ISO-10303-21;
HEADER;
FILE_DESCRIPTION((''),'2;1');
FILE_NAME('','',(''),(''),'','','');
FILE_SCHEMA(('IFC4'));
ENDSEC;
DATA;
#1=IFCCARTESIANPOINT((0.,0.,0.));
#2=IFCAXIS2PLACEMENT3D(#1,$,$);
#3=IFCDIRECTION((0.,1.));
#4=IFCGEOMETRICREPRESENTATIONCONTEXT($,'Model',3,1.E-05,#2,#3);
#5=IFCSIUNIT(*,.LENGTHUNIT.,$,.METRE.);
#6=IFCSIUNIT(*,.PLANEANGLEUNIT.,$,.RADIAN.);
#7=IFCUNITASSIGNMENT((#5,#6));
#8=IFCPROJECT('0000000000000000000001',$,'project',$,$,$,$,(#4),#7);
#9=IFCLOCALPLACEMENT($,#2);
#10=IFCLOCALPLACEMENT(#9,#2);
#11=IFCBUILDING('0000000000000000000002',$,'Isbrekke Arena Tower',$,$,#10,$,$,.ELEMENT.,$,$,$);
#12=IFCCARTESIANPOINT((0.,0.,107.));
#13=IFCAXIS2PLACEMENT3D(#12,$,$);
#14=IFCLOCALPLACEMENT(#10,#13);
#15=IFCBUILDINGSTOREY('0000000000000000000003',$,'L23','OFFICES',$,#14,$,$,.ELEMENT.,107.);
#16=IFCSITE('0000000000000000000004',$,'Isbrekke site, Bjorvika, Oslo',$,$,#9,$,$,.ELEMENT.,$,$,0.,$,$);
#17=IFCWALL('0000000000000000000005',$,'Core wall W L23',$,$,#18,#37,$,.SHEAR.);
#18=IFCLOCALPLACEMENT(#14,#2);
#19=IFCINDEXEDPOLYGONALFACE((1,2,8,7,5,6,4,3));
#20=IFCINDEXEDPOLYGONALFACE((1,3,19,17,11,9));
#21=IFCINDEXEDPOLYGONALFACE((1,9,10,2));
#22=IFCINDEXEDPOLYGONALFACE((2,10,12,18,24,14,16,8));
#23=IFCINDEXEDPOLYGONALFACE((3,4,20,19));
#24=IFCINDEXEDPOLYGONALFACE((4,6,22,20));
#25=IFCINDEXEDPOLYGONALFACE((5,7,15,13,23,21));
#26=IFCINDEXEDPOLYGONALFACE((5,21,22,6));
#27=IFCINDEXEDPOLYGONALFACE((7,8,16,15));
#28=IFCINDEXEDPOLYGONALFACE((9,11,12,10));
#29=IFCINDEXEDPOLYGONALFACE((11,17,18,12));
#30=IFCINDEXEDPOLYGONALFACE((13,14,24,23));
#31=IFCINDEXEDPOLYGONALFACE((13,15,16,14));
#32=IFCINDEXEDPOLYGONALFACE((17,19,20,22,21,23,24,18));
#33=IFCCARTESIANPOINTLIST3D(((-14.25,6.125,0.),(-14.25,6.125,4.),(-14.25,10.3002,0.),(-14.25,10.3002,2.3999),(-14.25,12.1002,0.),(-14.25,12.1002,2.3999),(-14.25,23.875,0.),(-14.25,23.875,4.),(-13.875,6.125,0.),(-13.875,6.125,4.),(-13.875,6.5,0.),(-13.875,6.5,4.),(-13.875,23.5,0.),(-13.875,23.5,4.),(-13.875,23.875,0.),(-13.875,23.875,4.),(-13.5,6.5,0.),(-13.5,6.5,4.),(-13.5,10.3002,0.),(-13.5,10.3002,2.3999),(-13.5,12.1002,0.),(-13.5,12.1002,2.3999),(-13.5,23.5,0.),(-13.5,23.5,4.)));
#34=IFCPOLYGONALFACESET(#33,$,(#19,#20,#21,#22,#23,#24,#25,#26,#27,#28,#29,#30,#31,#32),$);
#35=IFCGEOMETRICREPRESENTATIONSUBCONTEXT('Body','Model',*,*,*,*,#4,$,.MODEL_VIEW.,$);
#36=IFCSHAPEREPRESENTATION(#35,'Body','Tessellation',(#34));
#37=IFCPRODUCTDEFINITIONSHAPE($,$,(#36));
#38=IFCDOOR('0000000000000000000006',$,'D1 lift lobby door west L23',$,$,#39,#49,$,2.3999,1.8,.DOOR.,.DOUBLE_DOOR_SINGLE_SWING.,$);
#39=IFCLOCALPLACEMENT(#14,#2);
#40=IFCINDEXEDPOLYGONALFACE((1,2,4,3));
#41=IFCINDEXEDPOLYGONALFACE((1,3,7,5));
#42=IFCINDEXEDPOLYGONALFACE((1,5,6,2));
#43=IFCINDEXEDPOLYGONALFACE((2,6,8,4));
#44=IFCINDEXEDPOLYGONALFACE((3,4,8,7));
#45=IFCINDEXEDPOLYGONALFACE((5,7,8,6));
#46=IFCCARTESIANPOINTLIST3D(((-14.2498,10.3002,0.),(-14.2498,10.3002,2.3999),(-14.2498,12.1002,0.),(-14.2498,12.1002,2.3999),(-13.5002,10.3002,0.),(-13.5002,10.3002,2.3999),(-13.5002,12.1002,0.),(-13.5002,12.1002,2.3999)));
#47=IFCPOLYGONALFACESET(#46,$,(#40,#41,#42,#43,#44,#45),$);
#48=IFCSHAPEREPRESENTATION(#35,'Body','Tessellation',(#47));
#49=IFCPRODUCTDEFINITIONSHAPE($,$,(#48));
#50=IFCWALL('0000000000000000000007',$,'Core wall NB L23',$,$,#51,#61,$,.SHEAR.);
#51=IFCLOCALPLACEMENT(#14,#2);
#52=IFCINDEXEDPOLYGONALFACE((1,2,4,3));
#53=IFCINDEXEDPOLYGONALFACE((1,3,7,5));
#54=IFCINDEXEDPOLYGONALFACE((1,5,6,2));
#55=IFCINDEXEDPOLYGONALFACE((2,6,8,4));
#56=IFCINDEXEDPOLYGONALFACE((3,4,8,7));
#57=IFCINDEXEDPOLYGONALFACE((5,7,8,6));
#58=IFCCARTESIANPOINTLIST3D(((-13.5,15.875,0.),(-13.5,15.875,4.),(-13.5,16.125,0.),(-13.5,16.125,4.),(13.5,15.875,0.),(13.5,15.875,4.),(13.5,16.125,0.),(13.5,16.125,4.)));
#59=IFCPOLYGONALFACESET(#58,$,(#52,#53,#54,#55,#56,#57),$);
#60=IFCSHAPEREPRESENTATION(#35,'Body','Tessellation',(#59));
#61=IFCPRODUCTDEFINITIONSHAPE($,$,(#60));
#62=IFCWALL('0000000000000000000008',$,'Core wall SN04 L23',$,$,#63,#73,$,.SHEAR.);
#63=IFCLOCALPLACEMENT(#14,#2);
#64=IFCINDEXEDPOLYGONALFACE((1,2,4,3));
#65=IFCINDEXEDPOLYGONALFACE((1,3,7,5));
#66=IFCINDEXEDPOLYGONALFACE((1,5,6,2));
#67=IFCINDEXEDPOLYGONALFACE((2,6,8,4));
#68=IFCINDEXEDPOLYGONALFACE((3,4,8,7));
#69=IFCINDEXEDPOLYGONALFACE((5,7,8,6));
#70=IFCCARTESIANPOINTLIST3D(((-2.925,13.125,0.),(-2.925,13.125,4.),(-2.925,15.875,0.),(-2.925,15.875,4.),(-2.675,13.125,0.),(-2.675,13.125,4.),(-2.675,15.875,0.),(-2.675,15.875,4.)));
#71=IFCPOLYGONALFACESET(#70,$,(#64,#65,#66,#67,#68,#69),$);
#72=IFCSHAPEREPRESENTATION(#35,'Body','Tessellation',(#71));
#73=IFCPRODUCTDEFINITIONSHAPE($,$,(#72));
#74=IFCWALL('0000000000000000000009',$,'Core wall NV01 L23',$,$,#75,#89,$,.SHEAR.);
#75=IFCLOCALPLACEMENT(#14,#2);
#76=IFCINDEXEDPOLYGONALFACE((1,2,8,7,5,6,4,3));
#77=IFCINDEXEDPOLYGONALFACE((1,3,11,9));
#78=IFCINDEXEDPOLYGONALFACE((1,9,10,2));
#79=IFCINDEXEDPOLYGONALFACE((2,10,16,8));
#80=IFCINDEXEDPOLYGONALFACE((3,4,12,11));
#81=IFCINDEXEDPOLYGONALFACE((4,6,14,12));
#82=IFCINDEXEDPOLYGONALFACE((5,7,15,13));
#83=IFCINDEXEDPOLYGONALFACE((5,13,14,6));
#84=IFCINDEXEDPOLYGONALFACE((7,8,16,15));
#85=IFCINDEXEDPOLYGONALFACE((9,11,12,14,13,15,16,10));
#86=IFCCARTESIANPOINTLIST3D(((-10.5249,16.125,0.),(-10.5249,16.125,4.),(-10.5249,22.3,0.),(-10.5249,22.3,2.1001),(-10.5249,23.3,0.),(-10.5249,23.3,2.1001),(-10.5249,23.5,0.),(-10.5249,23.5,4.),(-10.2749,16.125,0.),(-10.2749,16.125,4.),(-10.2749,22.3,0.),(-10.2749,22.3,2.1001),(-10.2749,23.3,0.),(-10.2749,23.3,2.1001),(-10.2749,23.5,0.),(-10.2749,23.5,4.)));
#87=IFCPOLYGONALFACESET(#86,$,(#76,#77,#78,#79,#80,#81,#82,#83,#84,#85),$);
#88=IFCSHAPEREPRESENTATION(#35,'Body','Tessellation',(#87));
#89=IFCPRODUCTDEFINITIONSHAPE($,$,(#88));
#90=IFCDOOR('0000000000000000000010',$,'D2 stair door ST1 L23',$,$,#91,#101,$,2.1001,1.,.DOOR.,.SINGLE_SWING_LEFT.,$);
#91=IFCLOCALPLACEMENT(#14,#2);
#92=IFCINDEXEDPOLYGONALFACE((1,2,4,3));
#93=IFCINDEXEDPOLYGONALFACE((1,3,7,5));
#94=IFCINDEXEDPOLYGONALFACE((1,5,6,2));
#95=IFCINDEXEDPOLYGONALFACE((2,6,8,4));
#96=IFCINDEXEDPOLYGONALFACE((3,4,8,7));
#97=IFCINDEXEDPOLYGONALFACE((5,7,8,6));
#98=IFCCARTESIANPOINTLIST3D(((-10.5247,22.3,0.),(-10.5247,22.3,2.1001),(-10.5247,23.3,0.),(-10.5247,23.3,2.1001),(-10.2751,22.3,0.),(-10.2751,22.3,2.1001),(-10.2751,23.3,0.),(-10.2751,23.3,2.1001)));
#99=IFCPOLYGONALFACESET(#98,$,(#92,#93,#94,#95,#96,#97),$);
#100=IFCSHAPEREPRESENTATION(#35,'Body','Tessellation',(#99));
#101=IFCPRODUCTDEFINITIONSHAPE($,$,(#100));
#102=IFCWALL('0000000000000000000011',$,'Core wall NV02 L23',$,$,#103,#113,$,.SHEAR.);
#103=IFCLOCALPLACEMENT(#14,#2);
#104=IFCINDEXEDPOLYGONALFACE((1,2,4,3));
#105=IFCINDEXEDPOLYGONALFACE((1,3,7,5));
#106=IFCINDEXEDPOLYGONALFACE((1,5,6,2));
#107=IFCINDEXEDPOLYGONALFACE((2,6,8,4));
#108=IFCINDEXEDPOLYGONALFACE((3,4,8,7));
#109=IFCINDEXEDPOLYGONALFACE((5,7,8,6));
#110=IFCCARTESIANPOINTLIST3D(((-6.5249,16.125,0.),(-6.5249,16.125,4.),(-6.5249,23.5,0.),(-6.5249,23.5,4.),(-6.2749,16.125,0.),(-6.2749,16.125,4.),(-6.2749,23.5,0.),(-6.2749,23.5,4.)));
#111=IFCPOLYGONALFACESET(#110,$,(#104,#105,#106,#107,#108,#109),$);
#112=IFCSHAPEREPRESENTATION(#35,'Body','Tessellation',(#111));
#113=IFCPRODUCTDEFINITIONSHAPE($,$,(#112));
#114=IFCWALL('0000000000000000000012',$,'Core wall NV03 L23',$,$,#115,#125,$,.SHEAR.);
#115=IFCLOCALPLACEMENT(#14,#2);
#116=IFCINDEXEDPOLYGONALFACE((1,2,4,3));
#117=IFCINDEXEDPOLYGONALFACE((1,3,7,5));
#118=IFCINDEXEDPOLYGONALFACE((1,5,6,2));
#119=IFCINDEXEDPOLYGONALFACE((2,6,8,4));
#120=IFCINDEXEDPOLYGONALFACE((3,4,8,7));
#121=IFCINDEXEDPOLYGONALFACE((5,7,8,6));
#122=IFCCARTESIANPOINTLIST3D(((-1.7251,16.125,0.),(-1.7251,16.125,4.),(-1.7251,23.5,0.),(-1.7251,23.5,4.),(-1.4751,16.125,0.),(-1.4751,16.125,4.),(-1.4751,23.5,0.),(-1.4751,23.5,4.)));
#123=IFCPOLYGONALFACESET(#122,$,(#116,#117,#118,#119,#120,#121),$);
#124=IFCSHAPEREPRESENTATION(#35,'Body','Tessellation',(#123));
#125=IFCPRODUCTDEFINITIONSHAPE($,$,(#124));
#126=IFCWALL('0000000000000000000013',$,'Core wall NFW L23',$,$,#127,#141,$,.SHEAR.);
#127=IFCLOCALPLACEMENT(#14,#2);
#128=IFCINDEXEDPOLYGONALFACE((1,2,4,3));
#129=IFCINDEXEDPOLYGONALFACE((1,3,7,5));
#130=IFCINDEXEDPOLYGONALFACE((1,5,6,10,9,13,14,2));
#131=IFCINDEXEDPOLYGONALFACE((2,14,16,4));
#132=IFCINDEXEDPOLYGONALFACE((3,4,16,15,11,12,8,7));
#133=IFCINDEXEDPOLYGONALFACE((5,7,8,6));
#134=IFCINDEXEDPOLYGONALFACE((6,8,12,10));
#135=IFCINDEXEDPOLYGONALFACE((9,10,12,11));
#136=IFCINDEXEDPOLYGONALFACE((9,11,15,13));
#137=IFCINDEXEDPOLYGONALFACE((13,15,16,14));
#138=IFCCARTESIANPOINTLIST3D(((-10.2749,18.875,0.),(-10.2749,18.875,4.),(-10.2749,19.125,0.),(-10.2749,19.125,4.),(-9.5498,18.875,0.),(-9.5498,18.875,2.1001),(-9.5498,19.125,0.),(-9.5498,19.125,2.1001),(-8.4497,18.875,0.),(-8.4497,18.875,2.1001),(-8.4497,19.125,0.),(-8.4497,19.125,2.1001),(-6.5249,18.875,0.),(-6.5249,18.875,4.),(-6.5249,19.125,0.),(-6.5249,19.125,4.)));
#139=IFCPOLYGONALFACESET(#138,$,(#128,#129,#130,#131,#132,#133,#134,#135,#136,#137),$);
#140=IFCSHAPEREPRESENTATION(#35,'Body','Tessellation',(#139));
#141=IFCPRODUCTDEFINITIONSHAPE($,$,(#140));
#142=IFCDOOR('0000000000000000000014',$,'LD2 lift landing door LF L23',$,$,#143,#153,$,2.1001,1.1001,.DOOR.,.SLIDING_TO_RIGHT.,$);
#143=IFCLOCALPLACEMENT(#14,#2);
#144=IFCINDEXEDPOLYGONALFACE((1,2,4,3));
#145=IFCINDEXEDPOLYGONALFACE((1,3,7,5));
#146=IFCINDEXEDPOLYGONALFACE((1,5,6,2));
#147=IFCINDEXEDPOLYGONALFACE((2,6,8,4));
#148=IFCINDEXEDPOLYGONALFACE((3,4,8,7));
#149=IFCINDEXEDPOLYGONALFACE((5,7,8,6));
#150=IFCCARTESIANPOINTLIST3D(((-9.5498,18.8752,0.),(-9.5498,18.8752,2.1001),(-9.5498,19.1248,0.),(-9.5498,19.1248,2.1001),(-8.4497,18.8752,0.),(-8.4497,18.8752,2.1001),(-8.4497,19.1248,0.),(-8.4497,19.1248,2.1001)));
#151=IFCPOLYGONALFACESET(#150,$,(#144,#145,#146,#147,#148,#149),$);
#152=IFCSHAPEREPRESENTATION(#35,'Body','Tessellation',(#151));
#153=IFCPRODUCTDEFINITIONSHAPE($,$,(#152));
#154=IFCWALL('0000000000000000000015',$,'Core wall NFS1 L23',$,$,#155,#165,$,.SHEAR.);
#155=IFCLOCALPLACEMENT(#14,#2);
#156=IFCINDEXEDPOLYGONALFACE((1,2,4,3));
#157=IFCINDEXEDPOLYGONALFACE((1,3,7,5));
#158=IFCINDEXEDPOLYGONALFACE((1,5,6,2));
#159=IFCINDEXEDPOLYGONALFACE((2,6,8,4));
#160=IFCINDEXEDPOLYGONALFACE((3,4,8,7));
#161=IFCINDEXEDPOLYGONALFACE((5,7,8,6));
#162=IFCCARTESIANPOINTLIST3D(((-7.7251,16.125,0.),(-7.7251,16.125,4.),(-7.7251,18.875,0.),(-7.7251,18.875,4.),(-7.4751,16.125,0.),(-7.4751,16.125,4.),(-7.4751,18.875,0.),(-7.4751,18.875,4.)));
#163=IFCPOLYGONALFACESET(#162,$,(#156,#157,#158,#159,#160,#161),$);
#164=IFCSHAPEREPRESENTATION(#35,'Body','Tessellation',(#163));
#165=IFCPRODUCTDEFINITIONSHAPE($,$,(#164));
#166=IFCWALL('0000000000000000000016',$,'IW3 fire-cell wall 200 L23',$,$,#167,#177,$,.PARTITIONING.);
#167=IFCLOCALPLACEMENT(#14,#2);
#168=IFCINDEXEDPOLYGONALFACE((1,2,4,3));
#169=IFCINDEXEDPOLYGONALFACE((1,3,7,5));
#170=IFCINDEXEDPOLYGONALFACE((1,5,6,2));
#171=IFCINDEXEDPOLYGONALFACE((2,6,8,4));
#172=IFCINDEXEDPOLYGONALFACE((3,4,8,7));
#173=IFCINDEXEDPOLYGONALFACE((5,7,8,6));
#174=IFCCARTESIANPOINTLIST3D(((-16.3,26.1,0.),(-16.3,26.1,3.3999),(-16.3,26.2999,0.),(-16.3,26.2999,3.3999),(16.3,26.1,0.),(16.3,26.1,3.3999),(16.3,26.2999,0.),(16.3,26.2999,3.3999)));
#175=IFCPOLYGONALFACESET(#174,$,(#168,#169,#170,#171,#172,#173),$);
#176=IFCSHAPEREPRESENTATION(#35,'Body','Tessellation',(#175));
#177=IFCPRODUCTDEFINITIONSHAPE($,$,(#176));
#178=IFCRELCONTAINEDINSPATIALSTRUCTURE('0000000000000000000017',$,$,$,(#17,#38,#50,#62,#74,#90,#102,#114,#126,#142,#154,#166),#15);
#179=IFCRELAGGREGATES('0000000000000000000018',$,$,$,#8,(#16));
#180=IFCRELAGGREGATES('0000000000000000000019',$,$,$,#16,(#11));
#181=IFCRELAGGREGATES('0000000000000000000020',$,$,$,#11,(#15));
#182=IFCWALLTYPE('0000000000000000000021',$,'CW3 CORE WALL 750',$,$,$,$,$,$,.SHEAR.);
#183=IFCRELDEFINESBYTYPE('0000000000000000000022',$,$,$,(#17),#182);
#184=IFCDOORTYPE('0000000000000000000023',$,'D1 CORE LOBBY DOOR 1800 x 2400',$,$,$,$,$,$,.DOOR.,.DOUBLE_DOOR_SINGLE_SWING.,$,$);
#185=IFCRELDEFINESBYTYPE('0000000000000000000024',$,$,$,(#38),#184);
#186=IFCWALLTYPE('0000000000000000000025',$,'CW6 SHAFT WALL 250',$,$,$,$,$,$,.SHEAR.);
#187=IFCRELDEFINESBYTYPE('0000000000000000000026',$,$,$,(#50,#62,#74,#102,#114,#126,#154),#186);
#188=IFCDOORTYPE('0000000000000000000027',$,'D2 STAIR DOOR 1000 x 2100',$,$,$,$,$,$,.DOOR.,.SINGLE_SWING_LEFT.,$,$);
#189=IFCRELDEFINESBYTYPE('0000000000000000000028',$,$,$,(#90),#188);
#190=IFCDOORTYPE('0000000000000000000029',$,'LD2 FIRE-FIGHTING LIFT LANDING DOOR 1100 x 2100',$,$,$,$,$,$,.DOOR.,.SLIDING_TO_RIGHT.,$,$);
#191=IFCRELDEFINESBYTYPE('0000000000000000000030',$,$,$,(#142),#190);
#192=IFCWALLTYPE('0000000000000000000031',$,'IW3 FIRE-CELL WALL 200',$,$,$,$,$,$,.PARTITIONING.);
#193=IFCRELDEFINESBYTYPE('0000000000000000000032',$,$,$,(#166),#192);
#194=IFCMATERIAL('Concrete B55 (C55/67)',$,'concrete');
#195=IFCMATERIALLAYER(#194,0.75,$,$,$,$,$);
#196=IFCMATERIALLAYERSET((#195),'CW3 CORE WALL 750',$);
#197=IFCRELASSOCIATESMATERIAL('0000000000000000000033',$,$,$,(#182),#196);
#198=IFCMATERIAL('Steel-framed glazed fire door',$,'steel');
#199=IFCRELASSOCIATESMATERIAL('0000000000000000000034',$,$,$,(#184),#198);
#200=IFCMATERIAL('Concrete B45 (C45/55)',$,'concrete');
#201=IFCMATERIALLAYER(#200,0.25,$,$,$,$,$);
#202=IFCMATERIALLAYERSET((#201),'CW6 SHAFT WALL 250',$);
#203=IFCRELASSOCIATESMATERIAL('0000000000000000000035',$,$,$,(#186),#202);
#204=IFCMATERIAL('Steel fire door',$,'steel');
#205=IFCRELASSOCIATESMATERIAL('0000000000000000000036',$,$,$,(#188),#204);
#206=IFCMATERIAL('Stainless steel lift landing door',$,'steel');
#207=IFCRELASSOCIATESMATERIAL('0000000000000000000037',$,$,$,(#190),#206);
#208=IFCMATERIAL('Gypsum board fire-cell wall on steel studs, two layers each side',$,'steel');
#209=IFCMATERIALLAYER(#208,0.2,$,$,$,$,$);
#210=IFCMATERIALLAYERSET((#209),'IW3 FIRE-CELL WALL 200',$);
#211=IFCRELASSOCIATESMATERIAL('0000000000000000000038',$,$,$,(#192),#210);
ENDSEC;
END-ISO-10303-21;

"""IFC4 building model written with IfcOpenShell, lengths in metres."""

from ifc_helpers import new_model, si_unit, direction, frame, frame_2d, origin, place, context, subcontext, project, spatial, polyline, rectangle, outline, extrude, material, layer, layer_set, type_object, element, fill, save


model = new_model("IFC4")

# Units and contexts
model_context = context("Model", 3, precision=1e-05, world=origin(), true_north=direction((0.0, 1.0)))
body_context = subcontext(model_context, "Body", "Model", "MODEL_VIEW")
ifc_project = project(units=[si_unit("LENGTHUNIT", "METRE"), si_unit("PLANEANGLEUNIT", "RADIAN")], contexts=[model_context])

# Site, building, storey
site_placement = place(None, origin())
site = spatial("IfcSite", under=ifc_project, at=site_placement, Name="Isbrekke site, Bjorvika, Oslo", CompositionType="ELEMENT", RefElevation=0.0)
building_placement = place(site_placement, origin())
building = spatial("IfcBuilding", under=site, at=building_placement, Name="Isbrekke Arena Tower", CompositionType="ELEMENT")
storey_placement = place(building_placement, frame((0.0, 0.0, 107.0)))
storey = spatial("IfcBuildingStorey", under=building, at=storey_placement, Name="L23", Description="OFFICES", CompositionType="ELEMENT", Elevation=107.0)

# Wall, opening, door
ifc_material_1 = material(Name="Concrete B55 (C55/67)", Category="concrete")
ifc_layer_1 = layer(ifc_material_1, 0.75)
ifc_layer_set_1 = layer_set([ifc_layer_1], Name="CW3 CORE WALL 750")
wall_type_1 = type_object("IfcWallType", Name="CW3 CORE WALL 750", PredefinedType="SHEAR", material=ifc_layer_set_1)
wall_1_placement = place(storey_placement, frame((-13.875, 23.875, 0.0), z_axis=(0.0, 0.0, 1.0), x_axis=(0.0, -1.0, 0.0)))
wall_1 = element("IfcWall", 1, at=wall_1_placement, inside=storey, type_object=wall_type_1, Name="Core wall W L23", PredefinedType="SHEAR", context=body_context, shape_type="SweptSolid", body=[
    extrude(outline(polyline([(0.0, -0.375), (17.75, -0.375), (17.75, 0.0), (17.375, 0.0), (17.375, 0.375), (0.375, 0.375), (0.375, 0.0), (0.0, 0.0), (0.0, -0.375)])), origin(), (0.0, 0.0, 1.0), 4.0),
])
opening_1_placement = place(wall_1_placement, frame((11.7749, 0.0, 0.0)))
opening_1 = element("IfcOpeningElement", 2, at=opening_1_placement, cuts=wall_1, PredefinedType="OPENING", context=body_context, shape_type="SweptSolid", body=[
    extrude(rectangle(XDim=1.8, YDim=2.3999, at=frame_2d((0.8999, 1.2))), frame((0.0, 0.3899, 0.0), z_axis=(0.0, -1.0, 0.0), x_axis=(1.0, 0.0, 0.0)), (0.0, 0.0, 1.0), 0.7798),
])
ifc_material_2 = material(Name="Steel-framed glazed fire door", Category="steel")
door_type_1 = type_object("IfcDoorType", Name="D1 CORE LOBBY DOOR 1800 x 2400", OperationType="DOUBLE_DOOR_SINGLE_SWING", PredefinedType="DOOR", material=ifc_material_2)
door_1_placement = place(opening_1_placement, origin())
door_1 = element("IfcDoor", 3, at=door_1_placement, inside=storey, type_object=door_type_1, Name="D1 lift lobby door west L23", OperationType="DOUBLE_DOOR_SINGLE_SWING", OverallHeight=2.3999, OverallWidth=1.8, PredefinedType="DOOR", context=body_context, shape_type="SweptSolid", body=[
    extrude(rectangle(XDim=1.8, YDim=2.3999, at=frame_2d((0.8999, 1.2))), frame((0.0, 0.3748, 0.0), z_axis=(0.0, -1.0, 0.0), x_axis=(1.0, 0.0, 0.0)), (0.0, 0.0, 1.0), 0.7495),
])
fill(opening_1, door_1)

# Walls
ifc_material_3 = material(Name="Concrete B45 (C45/55)", Category="concrete")
ifc_layer_2 = layer(ifc_material_3, 0.25)
ifc_layer_set_2 = layer_set([ifc_layer_2], Name="CW6 SHAFT WALL 250")
wall_type_2 = type_object("IfcWallType", Name="CW6 SHAFT WALL 250", PredefinedType="SHEAR", material=ifc_layer_set_2)
wall_2_placement = place(storey_placement, frame((-13.5, 16.0, 0.0), z_axis=(0.0, 0.0, 1.0), x_axis=(1.0, 0.0, 0.0)))
element("IfcWall", 4, at=wall_2_placement, inside=storey, type_object=wall_type_2, Name="Core wall NB L23", PredefinedType="SHEAR", context=body_context, shape_type="SweptSolid", body=[
    extrude(rectangle(XDim=27.0, YDim=0.25, at=frame_2d((13.5, 0.0))), origin(), (0.0, 0.0, 1.0), 4.0),
])
wall_3_placement = place(storey_placement, frame((-2.8, 13.125, 0.0), z_axis=(0.0, 0.0, 1.0), x_axis=(0.0, 1.0, 0.0)))
element("IfcWall", 5, at=wall_3_placement, inside=storey, type_object=wall_type_2, Name="Core wall SN04 L23", PredefinedType="SHEAR", context=body_context, shape_type="SweptSolid", body=[
    extrude(rectangle(XDim=2.75, YDim=0.25, at=frame_2d((1.375, 0.0))), origin(), (0.0, 0.0, 1.0), 4.0),
])

# Wall, opening, door
wall_4_placement = place(storey_placement, frame((-10.3999, 16.125, 0.0), z_axis=(0.0, 0.0, 1.0), x_axis=(0.0, 1.0, 0.0)))
wall_4 = element("IfcWall", 6, at=wall_4_placement, inside=storey, type_object=wall_type_2, Name="Core wall NV01 L23", PredefinedType="SHEAR", context=body_context, shape_type="SweptSolid", body=[
    extrude(rectangle(XDim=7.375, YDim=0.25, at=frame_2d((3.6875, 0.0))), origin(), (0.0, 0.0, 1.0), 4.0),
])
opening_2_placement = place(wall_4_placement, frame((6.175, 0.0, 0.0)))
opening_2 = element("IfcOpeningElement", 7, at=opening_2_placement, cuts=wall_4, PredefinedType="OPENING", context=body_context, shape_type="SweptSolid", body=[
    extrude(rectangle(XDim=1.0, YDim=2.1001, at=frame_2d((0.5, 1.05))), frame((0.0, 0.1399, 0.0), z_axis=(0.0, -1.0, 0.0), x_axis=(1.0, 0.0, 0.0)), (0.0, 0.0, 1.0), 0.2798),
])
ifc_material_4 = material(Name="Steel fire door", Category="steel")
door_type_2 = type_object("IfcDoorType", Name="D2 STAIR DOOR 1000 x 2100", OperationType="SINGLE_SWING_LEFT", PredefinedType="DOOR", material=ifc_material_4)
door_2_placement = place(opening_2_placement, origin())
door_2 = element("IfcDoor", 8, at=door_2_placement, inside=storey, type_object=door_type_2, Name="D2 stair door ST1 L23", OperationType="SINGLE_SWING_LEFT", OverallHeight=2.1001, OverallWidth=1.0, PredefinedType="DOOR", context=body_context, shape_type="SweptSolid", body=[
    extrude(rectangle(XDim=1.0, YDim=2.1001, at=frame_2d((0.5, 1.05))), frame((0.0, 0.1248, 0.0), z_axis=(0.0, -1.0, 0.0), x_axis=(1.0, 0.0, 0.0)), (0.0, 0.0, 1.0), 0.2495),
])
fill(opening_2, door_2)

# Walls
for number, where, z_axis, x_axis, name in (
    (9, (-6.3999, 16.125, 0.0), (0.0, 0.0, 1.0), (0.0, 1.0, 0.0), "Core wall NV02 L23"),
    (10, (-1.6001, 16.125, 0.0), (0.0, 0.0, 1.0), (0.0, 1.0, 0.0), "Core wall NV03 L23"),
):
    element("IfcWall", number, at=place(storey_placement, frame(where, z_axis=z_axis, x_axis=x_axis)), inside=storey, type_object=wall_type_2, Name=name, PredefinedType="SHEAR", context=body_context, shape_type="SweptSolid", body=[
        extrude(rectangle(XDim=7.375, YDim=0.25, at=frame_2d((3.6875, 0.0))), origin(), (0.0, 0.0, 1.0), 4.0),
    ])

# Wall, opening, door
wall_5_placement = place(storey_placement, frame((-10.2749, 19.0, 0.0), z_axis=(0.0, 0.0, 1.0), x_axis=(1.0, 0.0, 0.0)))
wall_5 = element("IfcWall", 11, at=wall_5_placement, inside=storey, type_object=wall_type_2, Name="Core wall NFW L23", PredefinedType="SHEAR", context=body_context, shape_type="SweptSolid", body=[
    extrude(rectangle(XDim=3.75, YDim=0.25, at=frame_2d((1.875, 0.0))), origin(), (0.0, 0.0, 1.0), 4.0),
])
opening_3_placement = place(wall_5_placement, frame((0.7251, 0.0, 0.0)))
opening_3 = element("IfcOpeningElement", 12, at=opening_3_placement, cuts=wall_5, PredefinedType="OPENING", context=body_context, shape_type="SweptSolid", body=[
    extrude(rectangle(XDim=1.1001, YDim=2.1001, at=frame_2d((0.55, 1.05))), frame((0.0, 0.1399, 0.0), z_axis=(0.0, -1.0, 0.0), x_axis=(1.0, 0.0, 0.0)), (0.0, 0.0, 1.0), 0.2798),
])
ifc_material_5 = material(Name="Stainless steel lift landing door", Category="steel")
door_type_3 = type_object("IfcDoorType", Name="LD2 FIRE-FIGHTING LIFT LANDING DOOR 1100 x 2100", OperationType="SLIDING_TO_RIGHT", PredefinedType="DOOR", material=ifc_material_5)
door_3_placement = place(opening_3_placement, origin())
door_3 = element("IfcDoor", 13, at=door_3_placement, inside=storey, type_object=door_type_3, Name="LD2 lift landing door LF L23", OperationType="SLIDING_TO_RIGHT", OverallHeight=2.1001, OverallWidth=1.1001, PredefinedType="DOOR", context=body_context, shape_type="SweptSolid", body=[
    extrude(rectangle(XDim=1.1001, YDim=2.1001, at=frame_2d((0.55, 1.05))), frame((0.0, 0.1248, 0.0), z_axis=(0.0, -1.0, 0.0), x_axis=(1.0, 0.0, 0.0)), (0.0, 0.0, 1.0), 0.2495),
])
fill(opening_3, door_3)

# Walls
wall_6_placement = place(storey_placement, frame((-7.6001, 16.125, 0.0), z_axis=(0.0, 0.0, 1.0), x_axis=(0.0, 1.0, 0.0)))
element("IfcWall", 14, at=wall_6_placement, inside=storey, type_object=wall_type_2, Name="Core wall NFS1 L23", PredefinedType="SHEAR", context=body_context, shape_type="SweptSolid", body=[
    extrude(rectangle(XDim=2.75, YDim=0.25, at=frame_2d((1.375, 0.0))), origin(), (0.0, 0.0, 1.0), 4.0),
])
ifc_material_6 = material(Name="Gypsum board fire-cell wall on steel studs, two layers each side", Category="steel")
ifc_layer_3 = layer(ifc_material_6, 0.2)
ifc_layer_set_3 = layer_set([ifc_layer_3], Name="IW3 FIRE-CELL WALL 200")
wall_type_3 = type_object("IfcWallType", Name="IW3 FIRE-CELL WALL 200", PredefinedType="PARTITIONING", material=ifc_layer_set_3)
wall_7_placement = place(storey_placement, frame((-16.3, 26.2, 0.0), z_axis=(0.0, 0.0, 1.0), x_axis=(1.0, 0.0, 0.0)))
element("IfcWall", 15, at=wall_7_placement, inside=storey, type_object=wall_type_3, Name="IW3 fire-cell wall 200 L23", PredefinedType="PARTITIONING", context=body_context, shape_type="SweptSolid", body=[
    extrude(rectangle(XDim=32.6001, YDim=0.2, at=frame_2d((16.3, 0.0))), origin(), (0.0, 0.0, 1.0), 3.3999),
])

save(model, "model.ifc")
